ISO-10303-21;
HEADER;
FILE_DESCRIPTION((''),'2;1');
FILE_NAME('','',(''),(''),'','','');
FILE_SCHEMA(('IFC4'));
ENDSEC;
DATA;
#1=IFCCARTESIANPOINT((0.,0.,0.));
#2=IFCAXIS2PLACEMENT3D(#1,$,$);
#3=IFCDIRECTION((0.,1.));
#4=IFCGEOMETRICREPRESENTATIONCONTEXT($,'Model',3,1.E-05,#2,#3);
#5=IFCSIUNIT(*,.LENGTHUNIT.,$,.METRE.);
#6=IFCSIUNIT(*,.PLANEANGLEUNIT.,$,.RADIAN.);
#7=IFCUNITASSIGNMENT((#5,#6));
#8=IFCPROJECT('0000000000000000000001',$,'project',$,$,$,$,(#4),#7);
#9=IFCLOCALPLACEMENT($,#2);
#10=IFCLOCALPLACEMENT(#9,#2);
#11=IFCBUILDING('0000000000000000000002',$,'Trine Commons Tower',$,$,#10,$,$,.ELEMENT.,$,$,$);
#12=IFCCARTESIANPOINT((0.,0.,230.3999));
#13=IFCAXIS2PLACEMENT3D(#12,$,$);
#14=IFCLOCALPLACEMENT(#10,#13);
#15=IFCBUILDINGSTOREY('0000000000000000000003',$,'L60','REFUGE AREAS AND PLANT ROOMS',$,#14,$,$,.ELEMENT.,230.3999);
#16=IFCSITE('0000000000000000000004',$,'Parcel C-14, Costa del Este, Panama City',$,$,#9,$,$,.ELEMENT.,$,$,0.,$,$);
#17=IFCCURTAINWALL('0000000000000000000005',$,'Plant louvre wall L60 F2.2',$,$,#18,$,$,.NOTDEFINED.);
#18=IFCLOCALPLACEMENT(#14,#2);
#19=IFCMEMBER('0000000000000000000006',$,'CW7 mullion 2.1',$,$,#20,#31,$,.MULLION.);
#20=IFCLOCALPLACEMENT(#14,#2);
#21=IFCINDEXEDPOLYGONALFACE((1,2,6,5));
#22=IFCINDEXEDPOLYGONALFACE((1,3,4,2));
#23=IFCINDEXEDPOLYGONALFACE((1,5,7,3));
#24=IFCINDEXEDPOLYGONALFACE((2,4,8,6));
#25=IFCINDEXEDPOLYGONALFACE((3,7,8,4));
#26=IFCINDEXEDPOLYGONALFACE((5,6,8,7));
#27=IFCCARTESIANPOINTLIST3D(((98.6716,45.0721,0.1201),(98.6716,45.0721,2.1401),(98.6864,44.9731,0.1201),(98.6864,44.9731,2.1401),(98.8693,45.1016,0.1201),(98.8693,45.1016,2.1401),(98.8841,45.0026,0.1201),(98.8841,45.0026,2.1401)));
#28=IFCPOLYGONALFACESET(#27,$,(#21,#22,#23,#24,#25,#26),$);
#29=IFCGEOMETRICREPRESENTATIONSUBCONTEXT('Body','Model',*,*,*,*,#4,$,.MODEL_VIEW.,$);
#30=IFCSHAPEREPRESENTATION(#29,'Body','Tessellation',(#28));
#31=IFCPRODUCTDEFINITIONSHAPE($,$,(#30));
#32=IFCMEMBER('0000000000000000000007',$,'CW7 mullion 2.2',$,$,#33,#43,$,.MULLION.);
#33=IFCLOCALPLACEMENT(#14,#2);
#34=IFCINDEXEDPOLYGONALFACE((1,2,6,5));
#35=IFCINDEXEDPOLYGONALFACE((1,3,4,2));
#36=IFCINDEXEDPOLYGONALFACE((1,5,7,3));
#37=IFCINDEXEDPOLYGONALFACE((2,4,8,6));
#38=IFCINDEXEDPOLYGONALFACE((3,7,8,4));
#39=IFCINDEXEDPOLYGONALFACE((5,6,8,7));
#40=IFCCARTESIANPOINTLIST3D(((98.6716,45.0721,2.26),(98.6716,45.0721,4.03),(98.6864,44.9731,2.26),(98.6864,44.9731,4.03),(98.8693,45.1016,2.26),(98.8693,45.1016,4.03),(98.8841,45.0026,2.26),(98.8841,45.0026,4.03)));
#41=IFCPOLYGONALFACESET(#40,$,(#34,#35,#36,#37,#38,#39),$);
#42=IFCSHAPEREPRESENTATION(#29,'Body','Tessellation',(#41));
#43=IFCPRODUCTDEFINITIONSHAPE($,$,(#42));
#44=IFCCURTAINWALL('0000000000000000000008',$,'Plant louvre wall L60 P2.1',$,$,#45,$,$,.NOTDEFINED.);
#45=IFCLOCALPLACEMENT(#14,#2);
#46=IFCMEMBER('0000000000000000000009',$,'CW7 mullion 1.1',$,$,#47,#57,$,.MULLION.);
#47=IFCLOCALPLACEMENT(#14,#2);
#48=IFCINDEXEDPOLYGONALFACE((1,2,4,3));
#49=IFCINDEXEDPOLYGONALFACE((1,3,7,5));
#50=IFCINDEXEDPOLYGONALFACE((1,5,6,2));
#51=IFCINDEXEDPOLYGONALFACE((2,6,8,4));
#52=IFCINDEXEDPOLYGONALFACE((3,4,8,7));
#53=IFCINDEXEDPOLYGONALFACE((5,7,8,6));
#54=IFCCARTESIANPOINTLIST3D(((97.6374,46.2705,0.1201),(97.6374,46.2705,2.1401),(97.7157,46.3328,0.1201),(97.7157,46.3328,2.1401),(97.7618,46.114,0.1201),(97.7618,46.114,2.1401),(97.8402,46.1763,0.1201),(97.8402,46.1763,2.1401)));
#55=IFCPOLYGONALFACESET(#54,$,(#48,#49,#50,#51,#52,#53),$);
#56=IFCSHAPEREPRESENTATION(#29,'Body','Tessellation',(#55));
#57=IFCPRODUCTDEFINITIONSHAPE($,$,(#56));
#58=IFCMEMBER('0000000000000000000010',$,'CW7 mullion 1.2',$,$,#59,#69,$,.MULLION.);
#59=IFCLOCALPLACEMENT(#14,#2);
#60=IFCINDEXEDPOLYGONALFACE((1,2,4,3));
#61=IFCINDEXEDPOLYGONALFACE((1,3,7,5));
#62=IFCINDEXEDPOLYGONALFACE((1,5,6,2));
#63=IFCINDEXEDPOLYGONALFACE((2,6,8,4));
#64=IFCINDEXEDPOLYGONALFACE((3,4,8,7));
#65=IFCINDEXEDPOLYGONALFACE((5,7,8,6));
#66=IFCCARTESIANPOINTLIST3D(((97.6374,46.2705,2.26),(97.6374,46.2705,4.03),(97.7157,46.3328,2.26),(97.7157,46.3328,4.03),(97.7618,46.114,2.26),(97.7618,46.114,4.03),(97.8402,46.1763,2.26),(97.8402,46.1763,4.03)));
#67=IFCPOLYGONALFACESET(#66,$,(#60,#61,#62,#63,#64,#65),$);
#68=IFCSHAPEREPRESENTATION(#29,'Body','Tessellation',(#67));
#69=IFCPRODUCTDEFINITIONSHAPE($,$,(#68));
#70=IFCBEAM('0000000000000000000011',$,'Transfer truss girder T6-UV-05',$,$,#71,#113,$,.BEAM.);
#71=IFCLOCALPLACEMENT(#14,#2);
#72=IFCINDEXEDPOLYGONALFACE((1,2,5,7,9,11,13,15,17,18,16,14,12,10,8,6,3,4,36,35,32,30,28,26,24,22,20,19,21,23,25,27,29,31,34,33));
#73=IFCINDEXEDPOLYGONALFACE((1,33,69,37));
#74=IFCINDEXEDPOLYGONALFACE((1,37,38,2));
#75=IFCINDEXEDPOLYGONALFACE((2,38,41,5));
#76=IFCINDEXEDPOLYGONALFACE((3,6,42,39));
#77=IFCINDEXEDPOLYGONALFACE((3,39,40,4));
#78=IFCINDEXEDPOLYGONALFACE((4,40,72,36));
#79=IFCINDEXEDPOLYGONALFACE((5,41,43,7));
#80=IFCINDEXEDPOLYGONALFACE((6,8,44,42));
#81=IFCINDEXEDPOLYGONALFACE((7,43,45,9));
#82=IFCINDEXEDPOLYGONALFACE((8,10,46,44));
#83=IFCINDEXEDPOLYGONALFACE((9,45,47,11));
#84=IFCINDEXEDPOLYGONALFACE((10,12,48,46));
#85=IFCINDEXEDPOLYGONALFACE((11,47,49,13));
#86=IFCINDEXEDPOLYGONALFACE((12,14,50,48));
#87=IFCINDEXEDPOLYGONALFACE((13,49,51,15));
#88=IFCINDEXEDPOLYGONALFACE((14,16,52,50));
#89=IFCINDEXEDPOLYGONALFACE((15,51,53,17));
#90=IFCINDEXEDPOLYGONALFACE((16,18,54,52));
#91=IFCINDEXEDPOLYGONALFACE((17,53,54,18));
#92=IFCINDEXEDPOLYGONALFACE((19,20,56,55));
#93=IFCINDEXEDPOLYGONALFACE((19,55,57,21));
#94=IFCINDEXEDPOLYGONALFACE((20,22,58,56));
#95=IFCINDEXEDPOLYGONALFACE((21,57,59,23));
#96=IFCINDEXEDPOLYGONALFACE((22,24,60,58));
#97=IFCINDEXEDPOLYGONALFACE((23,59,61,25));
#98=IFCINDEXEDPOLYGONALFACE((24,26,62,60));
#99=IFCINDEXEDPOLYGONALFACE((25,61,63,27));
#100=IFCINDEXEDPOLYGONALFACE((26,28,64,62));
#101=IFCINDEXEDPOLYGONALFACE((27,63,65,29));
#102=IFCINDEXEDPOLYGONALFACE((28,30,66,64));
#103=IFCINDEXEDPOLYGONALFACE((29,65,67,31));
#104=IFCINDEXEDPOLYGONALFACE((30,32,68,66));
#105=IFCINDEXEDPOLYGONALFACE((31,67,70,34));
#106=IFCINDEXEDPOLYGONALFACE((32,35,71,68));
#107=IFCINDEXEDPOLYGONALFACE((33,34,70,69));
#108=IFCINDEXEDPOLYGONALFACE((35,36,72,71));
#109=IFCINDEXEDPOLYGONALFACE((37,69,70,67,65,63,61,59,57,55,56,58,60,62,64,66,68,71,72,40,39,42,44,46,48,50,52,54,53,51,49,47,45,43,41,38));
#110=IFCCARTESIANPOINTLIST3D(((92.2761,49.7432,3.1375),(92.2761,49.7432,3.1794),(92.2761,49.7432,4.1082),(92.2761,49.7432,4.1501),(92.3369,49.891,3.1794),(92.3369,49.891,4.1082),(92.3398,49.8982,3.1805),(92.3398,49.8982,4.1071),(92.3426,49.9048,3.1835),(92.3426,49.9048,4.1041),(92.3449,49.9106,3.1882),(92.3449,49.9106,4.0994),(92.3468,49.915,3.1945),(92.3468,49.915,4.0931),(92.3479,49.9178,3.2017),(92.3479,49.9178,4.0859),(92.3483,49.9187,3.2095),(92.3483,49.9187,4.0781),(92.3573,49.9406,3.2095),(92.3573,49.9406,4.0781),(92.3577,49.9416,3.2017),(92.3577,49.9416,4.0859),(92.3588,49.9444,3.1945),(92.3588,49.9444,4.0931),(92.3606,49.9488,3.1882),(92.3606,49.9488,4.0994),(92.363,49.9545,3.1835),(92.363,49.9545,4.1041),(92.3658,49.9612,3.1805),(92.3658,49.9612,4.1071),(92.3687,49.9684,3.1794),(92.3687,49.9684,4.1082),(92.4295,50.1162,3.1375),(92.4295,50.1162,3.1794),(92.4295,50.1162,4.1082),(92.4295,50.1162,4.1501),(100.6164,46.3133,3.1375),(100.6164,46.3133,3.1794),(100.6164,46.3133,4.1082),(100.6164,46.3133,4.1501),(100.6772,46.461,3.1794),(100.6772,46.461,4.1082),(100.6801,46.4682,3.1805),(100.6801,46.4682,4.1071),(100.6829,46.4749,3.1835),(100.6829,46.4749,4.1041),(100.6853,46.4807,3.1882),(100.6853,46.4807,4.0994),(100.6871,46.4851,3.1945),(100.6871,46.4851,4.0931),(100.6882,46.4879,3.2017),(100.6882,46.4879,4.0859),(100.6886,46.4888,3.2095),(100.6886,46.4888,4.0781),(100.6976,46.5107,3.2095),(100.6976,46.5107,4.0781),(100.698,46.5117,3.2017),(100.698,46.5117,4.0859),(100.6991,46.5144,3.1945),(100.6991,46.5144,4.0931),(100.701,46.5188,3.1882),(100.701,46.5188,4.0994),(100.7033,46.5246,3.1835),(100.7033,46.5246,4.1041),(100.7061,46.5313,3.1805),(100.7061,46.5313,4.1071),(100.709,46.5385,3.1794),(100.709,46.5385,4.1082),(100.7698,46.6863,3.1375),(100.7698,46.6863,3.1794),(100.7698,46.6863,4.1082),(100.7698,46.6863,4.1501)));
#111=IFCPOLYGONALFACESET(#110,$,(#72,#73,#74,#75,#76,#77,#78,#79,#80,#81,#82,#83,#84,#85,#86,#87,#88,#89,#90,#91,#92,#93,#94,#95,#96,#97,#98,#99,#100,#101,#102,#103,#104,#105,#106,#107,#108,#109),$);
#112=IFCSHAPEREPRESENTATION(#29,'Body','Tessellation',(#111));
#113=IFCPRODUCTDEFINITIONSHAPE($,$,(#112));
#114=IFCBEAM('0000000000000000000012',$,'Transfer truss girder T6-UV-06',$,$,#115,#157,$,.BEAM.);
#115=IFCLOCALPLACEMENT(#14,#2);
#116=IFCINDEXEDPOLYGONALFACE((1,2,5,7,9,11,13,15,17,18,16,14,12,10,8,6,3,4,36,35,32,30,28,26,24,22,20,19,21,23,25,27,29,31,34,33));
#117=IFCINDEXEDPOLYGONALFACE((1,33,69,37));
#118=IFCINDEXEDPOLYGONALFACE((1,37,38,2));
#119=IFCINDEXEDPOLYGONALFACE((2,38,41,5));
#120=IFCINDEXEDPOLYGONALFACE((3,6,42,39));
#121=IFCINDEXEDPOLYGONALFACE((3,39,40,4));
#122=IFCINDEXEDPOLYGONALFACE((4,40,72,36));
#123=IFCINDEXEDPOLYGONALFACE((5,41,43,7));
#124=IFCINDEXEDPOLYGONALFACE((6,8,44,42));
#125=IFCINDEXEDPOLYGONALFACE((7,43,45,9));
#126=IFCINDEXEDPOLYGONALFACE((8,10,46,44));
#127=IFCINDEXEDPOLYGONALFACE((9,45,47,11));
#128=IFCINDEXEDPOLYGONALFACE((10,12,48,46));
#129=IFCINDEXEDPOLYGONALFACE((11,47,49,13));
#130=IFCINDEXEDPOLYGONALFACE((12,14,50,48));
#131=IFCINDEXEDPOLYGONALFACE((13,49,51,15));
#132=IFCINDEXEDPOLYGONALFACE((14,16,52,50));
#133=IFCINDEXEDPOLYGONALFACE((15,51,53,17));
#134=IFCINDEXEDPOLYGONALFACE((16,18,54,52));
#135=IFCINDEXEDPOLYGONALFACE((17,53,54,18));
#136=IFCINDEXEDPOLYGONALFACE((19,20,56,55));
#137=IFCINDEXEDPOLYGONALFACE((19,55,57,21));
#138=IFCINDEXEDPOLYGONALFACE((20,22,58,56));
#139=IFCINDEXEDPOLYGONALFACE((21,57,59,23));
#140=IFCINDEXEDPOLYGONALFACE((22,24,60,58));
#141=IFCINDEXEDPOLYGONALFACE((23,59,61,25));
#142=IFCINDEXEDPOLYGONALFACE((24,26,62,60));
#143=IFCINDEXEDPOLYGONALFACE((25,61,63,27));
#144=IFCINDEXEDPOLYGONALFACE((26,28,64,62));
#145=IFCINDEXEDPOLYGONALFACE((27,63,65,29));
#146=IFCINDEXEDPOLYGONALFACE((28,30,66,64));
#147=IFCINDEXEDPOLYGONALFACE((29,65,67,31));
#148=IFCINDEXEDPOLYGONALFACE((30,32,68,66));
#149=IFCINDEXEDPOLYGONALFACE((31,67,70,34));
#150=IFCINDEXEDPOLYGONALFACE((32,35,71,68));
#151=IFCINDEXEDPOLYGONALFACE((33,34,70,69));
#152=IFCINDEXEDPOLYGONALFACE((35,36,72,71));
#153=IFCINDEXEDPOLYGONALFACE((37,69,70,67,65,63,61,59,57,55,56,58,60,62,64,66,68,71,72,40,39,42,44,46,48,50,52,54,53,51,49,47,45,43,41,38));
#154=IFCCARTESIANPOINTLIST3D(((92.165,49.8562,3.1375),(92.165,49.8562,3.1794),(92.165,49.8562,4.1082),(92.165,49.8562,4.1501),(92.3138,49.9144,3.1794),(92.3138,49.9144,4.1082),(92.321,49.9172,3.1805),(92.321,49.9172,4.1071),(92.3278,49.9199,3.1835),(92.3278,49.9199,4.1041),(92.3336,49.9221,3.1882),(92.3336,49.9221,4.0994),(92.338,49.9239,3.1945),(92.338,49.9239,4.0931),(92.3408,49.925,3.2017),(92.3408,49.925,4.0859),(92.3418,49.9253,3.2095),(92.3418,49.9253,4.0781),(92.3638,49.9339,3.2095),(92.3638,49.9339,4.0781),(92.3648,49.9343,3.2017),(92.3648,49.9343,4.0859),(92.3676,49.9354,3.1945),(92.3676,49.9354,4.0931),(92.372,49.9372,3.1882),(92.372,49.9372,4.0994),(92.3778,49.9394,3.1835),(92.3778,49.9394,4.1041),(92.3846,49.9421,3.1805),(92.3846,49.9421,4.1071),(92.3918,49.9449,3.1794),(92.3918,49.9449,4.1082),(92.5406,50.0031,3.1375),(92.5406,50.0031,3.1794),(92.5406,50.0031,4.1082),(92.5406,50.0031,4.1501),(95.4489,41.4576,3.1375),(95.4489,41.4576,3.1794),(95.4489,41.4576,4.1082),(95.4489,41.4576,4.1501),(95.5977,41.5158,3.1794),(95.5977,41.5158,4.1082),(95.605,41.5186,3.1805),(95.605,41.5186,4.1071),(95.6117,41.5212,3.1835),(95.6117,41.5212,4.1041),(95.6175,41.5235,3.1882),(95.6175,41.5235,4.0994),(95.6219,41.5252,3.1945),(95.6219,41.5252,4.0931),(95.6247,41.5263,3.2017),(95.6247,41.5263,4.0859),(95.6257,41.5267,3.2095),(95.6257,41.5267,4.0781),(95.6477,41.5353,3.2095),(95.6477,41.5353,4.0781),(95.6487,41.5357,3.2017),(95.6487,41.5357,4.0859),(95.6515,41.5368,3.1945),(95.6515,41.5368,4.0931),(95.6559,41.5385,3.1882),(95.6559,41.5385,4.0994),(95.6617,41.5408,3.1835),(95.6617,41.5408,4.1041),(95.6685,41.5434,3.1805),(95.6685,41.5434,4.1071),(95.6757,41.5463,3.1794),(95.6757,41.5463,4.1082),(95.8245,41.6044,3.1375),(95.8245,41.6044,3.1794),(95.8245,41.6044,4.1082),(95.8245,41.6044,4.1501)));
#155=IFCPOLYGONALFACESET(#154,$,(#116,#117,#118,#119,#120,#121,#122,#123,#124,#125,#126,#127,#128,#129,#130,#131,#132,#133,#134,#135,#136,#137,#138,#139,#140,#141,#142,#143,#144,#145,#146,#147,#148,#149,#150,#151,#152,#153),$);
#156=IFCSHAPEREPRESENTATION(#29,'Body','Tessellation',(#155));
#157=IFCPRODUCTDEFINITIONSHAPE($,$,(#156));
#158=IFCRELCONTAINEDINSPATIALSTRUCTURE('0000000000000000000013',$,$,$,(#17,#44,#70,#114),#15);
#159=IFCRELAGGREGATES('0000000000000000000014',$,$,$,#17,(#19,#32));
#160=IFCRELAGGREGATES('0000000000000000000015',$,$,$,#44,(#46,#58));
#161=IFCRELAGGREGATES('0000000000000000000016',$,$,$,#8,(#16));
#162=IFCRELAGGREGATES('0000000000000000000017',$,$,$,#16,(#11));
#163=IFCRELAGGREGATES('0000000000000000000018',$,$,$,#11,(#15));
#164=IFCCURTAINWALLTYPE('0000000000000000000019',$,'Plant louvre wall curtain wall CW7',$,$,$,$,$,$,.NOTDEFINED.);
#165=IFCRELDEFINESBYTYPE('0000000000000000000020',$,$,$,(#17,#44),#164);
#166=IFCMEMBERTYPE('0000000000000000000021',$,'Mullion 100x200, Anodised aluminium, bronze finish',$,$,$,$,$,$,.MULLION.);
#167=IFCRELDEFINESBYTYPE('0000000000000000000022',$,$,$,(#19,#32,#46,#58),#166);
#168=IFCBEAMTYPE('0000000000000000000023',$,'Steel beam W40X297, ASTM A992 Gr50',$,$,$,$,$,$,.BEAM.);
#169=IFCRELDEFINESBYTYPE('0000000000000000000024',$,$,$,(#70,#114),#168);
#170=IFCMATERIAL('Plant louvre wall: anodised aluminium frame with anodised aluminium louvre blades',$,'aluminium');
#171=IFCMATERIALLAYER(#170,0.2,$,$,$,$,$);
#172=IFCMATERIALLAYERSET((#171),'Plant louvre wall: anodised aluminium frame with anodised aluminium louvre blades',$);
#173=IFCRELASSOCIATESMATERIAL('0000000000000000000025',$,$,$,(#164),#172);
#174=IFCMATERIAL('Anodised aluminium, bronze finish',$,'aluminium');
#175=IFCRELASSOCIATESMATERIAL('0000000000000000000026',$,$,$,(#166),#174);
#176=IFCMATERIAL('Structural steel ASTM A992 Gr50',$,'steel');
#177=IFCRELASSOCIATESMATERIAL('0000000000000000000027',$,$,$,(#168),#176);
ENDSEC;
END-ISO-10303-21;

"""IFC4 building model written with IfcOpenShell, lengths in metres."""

from ifc_helpers import new_model, si_unit, direction, frame, origin, origin_2d, place, context, subcontext, project, spatial, rectangle, i_section, extrude, material, layer, layer_set, material_profile, profile_set, type_object, element, aggregate, save


model = new_model("IFC4")

# Units and contexts
model_context = context("Model", 3, precision=1e-05, world=origin(), true_north=direction((0.0, 1.0)))
body_context = subcontext(model_context, "Body", "Model", "MODEL_VIEW")
ifc_project = project(units=[si_unit("LENGTHUNIT", "METRE"), si_unit("PLANEANGLEUNIT", "RADIAN")], contexts=[model_context])

# Site, building, storey
site_placement = place(None, origin())
site = spatial("IfcSite", under=ifc_project, at=site_placement, Name="Parcel C-14, Costa del Este, Panama City", CompositionType="ELEMENT", RefElevation=0.0)
building_placement = place(site_placement, origin())
building = spatial("IfcBuilding", under=site, at=building_placement, Name="Trine Commons Tower", CompositionType="ELEMENT")
storey_placement = place(building_placement, frame((0.0, 0.0, 230.3999)))
storey = spatial("IfcBuildingStorey", under=building, at=storey_placement, Name="L60", Description="REFUGE AREAS AND PLANT ROOMS", CompositionType="ELEMENT", Elevation=230.3999)

# Curtain walls, members
ifc_material_1 = material(Name="Plant louvre wall: anodised aluminium frame with anodised aluminium louvre blades", Category="aluminium")
ifc_layer_1 = layer(ifc_material_1, 0.2)
ifc_layer_set_1 = layer_set([ifc_layer_1], Name="Plant louvre wall: anodised aluminium frame with anodised aluminium louvre blades")
curtain_wall_type = type_object("IfcCurtainWallType", Name="Plant louvre wall curtain wall CW7", PredefinedType="NOTDEFINED", material=ifc_layer_set_1)
curtain_wall_1_placement = place(storey_placement, origin())
curtain_wall_1 = element("IfcCurtainWall", 1, at=curtain_wall_1_placement, inside=storey, type_object=curtain_wall_type, Name="Plant louvre wall L60 F2.2", PredefinedType="NOTDEFINED")
ifc_material_2 = material(Name="Anodised aluminium, bronze finish", Category="aluminium")
ifc_material_profile_1 = material_profile(ifc_material_2, rectangle(XDim=0.2, YDim=0.1001, at=origin_2d()), Name="Mullion 100x200")
ifc_profile_set_1 = profile_set([ifc_material_profile_1], Name="Anodised aluminium, bronze finish")
member_type_1 = type_object("IfcMemberType", Name="Mullion 100x200, Anodised aluminium, bronze finish", PredefinedType="MULLION", material=ifc_profile_set_1)
member_1_placement = place(storey_placement, frame((98.7778, 45.0374, 0.1201), z_axis=(0.0, 0.0, 1.0), x_axis=(0.989016, 0.147809, 0.0)))
member_1 = element("IfcMember", 2, at=member_1_placement, type_object=member_type_1, Name="CW7 mullion 2.1", PredefinedType="MULLION", context=body_context, shape_type="SweptSolid", body=[
    extrude(rectangle(XDim=0.2, YDim=0.1001, at=origin_2d()), origin(), (0.0, 0.0, 1.0), 2.02),
])
member_2_placement = place(storey_placement, frame((98.7778, 45.0374, 2.26), z_axis=(0.0, 0.0, 1.0), x_axis=(0.989016, 0.147809, 0.0)))
member_2 = element("IfcMember", 3, at=member_2_placement, type_object=member_type_1, Name="CW7 mullion 2.2", PredefinedType="MULLION", context=body_context, shape_type="SweptSolid", body=[
    extrude(rectangle(XDim=0.2, YDim=0.1001, at=origin_2d()), origin(), (0.0, 0.0, 1.0), 1.77),
])
curtain_wall_2_placement = place(storey_placement, origin())
curtain_wall_2 = element("IfcCurtainWall", 4, at=curtain_wall_2_placement, inside=storey, type_object=curtain_wall_type, Name="Plant louvre wall L60 P2.1", PredefinedType="NOTDEFINED")
member_3_placement = place(storey_placement, frame((97.7388, 46.2234, 0.1201), z_axis=(0.0, 0.0, 1.0), x_axis=(0.622515, -0.782608, 0.0)))
member_3 = element("IfcMember", 5, at=member_3_placement, type_object=member_type_1, Name="CW7 mullion 1.1", PredefinedType="MULLION", context=body_context, shape_type="SweptSolid", body=[
    extrude(rectangle(XDim=0.2, YDim=0.1001, at=origin_2d()), origin(), (0.0, 0.0, 1.0), 2.02),
])
member_4_placement = place(storey_placement, frame((97.7388, 46.2234, 2.26), z_axis=(0.0, 0.0, 1.0), x_axis=(0.622515, -0.782608, 0.0)))
member_4 = element("IfcMember", 6, at=member_4_placement, type_object=member_type_1, Name="CW7 mullion 1.2", PredefinedType="MULLION", context=body_context, shape_type="SweptSolid", body=[
    extrude(rectangle(XDim=0.2, YDim=0.1001, at=origin_2d()), origin(), (0.0, 0.0, 1.0), 1.77),
])

# Beams
ifc_material_3 = material(Name="Structural steel ASTM A992 Gr50", Category="steel")
ifc_material_profile_2 = material_profile(ifc_material_3, i_section(OverallWidth=0.4033, OverallDepth=1.0127, WebThickness=0.0237, FlangeThickness=0.042, FilletRadius=0.03, at=origin_2d()), Name="W40X297")
ifc_profile_set_2 = profile_set([ifc_material_profile_2], Name="Structural steel ASTM A992 Gr50")
beam_type = type_object("IfcBeamType", Name="Steel beam W40X297, ASTM A992 Gr50", PredefinedType="BEAM", material=ifc_profile_set_2)
beam_1_placement = place(storey_placement, frame((100.6931, 46.4998, 3.6438), z_axis=(-0.924847, 0.38034, 0.0), x_axis=(-0.38034, -0.924847, 0.0)))
element("IfcBeam", 7, at=beam_1_placement, inside=storey, type_object=beam_type, Name="Transfer truss girder T6-UV-05", PredefinedType="BEAM", context=body_context, shape_type="SweptSolid", body=[
    extrude(i_section(OverallWidth=0.4033, OverallDepth=1.0127, WebThickness=0.0237, FlangeThickness=0.042, FilletRadius=0.03, at=origin_2d()), origin(), (0.0, 0.0, 1.0), 9.0181),
])
beam_2_placement = place(storey_placement, frame((95.6367, 41.531, 3.6438), z_axis=(-0.364158, 0.931337, 0.0), x_axis=(-0.931337, -0.364158, 0.0)))
element("IfcBeam", 8, at=beam_2_placement, inside=storey, type_object=beam_type, Name="Transfer truss girder T6-UV-06", PredefinedType="BEAM", context=body_context, shape_type="SweptSolid", body=[
    extrude(i_section(OverallWidth=0.4033, OverallDepth=1.0127, WebThickness=0.0237, FlangeThickness=0.042, FilletRadius=0.03, at=origin_2d()), origin(), (0.0, 0.0, 1.0), 9.0178),
])

aggregate(curtain_wall_1, [member_1, member_2])
aggregate(curtain_wall_2, [member_3, member_4])

save(model, "model.ifc")
